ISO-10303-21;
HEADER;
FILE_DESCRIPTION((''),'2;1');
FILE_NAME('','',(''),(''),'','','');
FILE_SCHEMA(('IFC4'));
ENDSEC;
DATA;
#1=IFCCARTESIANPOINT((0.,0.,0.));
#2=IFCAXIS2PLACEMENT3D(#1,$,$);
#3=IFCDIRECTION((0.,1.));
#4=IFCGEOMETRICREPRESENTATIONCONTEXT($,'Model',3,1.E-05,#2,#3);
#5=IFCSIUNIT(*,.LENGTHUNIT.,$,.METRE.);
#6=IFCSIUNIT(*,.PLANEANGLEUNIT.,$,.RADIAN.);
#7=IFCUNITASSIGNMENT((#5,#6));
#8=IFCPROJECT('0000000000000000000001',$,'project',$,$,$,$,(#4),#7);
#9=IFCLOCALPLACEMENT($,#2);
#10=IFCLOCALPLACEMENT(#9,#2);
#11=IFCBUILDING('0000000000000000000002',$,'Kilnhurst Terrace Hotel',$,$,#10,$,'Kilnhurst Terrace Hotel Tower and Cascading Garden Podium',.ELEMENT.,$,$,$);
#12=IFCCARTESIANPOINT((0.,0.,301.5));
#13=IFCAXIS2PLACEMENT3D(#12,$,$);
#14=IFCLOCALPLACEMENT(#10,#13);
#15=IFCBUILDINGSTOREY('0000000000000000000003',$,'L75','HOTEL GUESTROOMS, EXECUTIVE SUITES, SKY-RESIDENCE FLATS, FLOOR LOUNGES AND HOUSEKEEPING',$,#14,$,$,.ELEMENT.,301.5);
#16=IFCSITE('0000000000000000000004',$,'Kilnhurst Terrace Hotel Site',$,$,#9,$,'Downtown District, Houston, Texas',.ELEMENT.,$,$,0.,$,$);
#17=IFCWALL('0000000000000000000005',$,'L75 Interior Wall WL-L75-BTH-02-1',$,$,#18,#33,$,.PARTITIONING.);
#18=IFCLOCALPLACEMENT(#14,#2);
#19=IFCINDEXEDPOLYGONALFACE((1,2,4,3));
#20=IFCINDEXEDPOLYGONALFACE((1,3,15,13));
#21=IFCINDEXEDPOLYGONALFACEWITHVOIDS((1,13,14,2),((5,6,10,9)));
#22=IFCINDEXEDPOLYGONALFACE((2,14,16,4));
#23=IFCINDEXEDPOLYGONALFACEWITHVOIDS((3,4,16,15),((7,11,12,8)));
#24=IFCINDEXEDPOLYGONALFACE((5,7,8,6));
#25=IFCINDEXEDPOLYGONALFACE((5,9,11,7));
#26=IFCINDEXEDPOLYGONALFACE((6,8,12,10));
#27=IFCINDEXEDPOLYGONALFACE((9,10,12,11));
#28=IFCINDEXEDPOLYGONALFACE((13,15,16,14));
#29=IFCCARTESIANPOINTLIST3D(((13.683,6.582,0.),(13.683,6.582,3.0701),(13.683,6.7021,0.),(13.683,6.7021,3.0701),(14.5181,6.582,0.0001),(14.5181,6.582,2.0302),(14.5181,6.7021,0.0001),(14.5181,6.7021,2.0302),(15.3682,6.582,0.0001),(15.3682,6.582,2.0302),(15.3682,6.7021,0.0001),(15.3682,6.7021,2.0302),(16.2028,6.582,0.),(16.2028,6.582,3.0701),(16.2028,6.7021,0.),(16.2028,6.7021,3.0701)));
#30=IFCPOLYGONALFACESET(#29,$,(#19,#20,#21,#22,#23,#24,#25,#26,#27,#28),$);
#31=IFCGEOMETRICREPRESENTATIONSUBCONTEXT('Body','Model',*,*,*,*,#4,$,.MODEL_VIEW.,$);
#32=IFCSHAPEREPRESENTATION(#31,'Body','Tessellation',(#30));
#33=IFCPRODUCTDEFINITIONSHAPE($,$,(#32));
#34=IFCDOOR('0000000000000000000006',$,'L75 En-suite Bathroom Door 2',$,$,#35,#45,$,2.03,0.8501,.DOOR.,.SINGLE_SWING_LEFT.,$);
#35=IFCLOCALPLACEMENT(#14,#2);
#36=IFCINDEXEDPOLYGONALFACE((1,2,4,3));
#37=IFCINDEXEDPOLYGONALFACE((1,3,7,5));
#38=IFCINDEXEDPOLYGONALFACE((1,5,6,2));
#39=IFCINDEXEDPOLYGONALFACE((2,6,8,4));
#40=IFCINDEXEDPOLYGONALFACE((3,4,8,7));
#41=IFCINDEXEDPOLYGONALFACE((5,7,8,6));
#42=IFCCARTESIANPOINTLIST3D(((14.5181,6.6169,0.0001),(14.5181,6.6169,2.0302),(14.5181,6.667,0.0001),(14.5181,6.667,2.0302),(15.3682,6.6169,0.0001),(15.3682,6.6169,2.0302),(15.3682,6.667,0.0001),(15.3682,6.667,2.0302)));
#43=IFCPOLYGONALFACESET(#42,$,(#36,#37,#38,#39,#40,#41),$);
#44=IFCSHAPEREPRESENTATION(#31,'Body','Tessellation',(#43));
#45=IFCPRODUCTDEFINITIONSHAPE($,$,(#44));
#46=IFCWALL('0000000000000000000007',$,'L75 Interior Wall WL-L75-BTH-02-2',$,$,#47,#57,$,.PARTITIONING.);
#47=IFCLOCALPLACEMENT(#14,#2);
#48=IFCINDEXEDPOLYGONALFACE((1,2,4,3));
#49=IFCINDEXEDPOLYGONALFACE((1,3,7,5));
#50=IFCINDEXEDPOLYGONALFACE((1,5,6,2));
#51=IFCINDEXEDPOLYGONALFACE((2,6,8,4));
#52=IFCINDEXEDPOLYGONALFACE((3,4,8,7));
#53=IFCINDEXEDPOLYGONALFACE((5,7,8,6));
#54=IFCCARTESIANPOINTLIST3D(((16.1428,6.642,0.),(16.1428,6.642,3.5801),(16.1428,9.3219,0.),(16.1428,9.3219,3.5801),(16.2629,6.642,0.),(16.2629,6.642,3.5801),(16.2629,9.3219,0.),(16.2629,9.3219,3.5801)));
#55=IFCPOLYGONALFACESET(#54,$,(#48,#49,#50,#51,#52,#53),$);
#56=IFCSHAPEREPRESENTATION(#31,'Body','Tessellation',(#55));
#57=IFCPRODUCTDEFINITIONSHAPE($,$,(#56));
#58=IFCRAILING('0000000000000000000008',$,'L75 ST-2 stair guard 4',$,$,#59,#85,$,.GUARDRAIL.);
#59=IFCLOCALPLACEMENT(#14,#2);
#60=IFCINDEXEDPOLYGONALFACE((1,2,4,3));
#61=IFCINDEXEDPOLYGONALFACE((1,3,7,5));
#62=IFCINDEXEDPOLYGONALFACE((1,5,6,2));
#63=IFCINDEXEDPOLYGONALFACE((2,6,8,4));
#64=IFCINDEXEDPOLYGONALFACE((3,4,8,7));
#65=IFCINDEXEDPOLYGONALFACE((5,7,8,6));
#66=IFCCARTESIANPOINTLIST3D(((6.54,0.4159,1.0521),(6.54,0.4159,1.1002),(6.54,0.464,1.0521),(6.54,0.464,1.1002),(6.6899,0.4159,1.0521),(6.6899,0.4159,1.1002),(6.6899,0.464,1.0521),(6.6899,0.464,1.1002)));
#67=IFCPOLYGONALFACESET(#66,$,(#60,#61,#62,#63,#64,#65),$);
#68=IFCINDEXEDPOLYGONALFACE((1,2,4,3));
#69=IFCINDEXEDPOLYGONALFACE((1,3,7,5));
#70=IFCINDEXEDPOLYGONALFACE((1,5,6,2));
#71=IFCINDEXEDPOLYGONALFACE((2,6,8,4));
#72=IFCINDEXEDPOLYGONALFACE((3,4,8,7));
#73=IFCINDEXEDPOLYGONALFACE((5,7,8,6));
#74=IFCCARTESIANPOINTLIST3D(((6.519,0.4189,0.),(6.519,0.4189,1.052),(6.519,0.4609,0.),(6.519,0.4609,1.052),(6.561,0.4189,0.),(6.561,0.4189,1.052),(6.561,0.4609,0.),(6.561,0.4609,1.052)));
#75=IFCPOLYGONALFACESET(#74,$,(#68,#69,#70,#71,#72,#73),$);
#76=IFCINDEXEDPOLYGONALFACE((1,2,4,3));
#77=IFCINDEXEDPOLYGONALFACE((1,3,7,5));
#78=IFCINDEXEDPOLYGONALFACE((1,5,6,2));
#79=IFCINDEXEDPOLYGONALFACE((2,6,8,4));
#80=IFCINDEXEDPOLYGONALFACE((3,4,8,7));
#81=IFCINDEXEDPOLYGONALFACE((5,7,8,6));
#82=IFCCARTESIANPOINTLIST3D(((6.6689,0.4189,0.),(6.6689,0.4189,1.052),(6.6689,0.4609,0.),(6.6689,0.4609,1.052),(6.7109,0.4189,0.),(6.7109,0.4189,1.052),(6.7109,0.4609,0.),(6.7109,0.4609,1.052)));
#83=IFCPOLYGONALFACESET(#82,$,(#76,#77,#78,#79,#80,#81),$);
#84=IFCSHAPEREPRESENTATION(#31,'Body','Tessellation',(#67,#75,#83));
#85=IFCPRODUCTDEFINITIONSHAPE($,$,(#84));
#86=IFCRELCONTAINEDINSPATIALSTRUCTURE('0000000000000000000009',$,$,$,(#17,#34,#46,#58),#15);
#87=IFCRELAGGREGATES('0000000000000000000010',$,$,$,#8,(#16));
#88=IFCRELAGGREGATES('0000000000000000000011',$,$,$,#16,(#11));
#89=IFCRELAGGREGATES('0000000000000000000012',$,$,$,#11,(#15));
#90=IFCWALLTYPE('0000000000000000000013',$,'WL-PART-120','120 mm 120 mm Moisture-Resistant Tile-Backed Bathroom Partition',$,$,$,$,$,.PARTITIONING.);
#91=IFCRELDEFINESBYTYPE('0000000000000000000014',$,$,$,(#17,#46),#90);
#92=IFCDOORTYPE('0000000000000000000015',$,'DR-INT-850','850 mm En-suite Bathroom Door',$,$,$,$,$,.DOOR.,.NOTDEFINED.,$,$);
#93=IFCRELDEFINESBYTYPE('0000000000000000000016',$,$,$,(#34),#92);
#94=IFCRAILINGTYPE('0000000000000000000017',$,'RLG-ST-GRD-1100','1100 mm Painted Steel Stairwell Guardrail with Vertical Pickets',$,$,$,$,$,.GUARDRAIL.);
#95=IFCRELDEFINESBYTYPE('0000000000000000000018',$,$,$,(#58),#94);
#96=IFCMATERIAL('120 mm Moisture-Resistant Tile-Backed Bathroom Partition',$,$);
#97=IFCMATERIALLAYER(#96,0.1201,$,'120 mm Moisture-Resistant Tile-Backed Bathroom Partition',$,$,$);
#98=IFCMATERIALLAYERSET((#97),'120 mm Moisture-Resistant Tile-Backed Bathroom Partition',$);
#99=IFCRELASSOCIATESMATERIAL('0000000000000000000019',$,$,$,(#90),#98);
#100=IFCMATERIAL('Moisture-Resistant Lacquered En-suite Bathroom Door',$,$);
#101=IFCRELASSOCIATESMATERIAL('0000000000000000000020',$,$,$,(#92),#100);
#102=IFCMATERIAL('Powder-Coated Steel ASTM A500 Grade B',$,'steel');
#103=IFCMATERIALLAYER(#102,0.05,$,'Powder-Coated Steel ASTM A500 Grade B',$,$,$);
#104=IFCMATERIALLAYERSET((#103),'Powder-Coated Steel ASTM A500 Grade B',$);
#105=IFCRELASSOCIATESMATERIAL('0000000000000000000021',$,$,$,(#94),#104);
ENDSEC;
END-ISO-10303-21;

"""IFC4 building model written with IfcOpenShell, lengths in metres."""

from ifc_helpers import new_model, si_unit, direction, frame, frame_2d, origin, origin_2d, place, context, subcontext, project, spatial, rectangle, extrude, material, layer, layer_set, type_object, element, fill, save


model = new_model("IFC4")

# Units and contexts
model_context = context("Model", 3, precision=1e-05, world=origin(), true_north=direction((0.0, 1.0)))
body_context = subcontext(model_context, "Body", "Model", "MODEL_VIEW")
ifc_project = project(units=[si_unit("LENGTHUNIT", "METRE"), si_unit("PLANEANGLEUNIT", "RADIAN")], contexts=[model_context])

# Site, building, storey
site_placement = place(None, origin())
site = spatial("IfcSite", under=ifc_project, at=site_placement, Name="Kilnhurst Terrace Hotel Site", LongName="Downtown District, Houston, Texas", CompositionType="ELEMENT", RefElevation=0.0)
building_placement = place(site_placement, origin())
building = spatial("IfcBuilding", under=site, at=building_placement, Name="Kilnhurst Terrace Hotel", LongName="Kilnhurst Terrace Hotel Tower and Cascading Garden Podium", CompositionType="ELEMENT")
storey_placement = place(building_placement, frame((0.0, 0.0, 301.5)))
storey = spatial("IfcBuildingStorey", under=building, at=storey_placement, Name="L75", Description="HOTEL GUESTROOMS, EXECUTIVE SUITES, SKY-RESIDENCE FLATS, FLOOR LOUNGES AND HOUSEKEEPING", CompositionType="ELEMENT", Elevation=301.5)

# Shared definitions
ifc_material_1 = material(Name="120 mm Moisture-Resistant Tile-Backed Bathroom Partition")
ifc_layer_1 = layer(ifc_material_1, 0.1201, Name="120 mm Moisture-Resistant Tile-Backed Bathroom Partition")
ifc_layer_set_1 = layer_set([ifc_layer_1], Name="120 mm Moisture-Resistant Tile-Backed Bathroom Partition")
wall_type_1 = type_object("IfcWallType", Name="WL-PART-120", Description="120 mm 120 mm Moisture-Resistant Tile-Backed Bathroom Partition", PredefinedType="PARTITIONING", material=ifc_layer_set_1)
ifc_material_2 = material(Name="Moisture-Resistant Lacquered En-suite Bathroom Door")
door_type = type_object("IfcDoorType", Name="DR-INT-850", Description="850 mm En-suite Bathroom Door", OperationType="NOTDEFINED", PredefinedType="DOOR", material=ifc_material_2)

# Wall, opening, door
wall_1_placement = place(storey_placement, frame((13.6831, 6.6421, 0.0), z_axis=(0.0, 0.0, 1.0), x_axis=(1.0, 0.0, 0.0)))
wall_1 = element("IfcWall", 1, at=wall_1_placement, inside=storey, type_object=wall_type_1, Name="L75 Interior Wall WL-L75-BTH-02-1", PredefinedType="PARTITIONING", context=body_context, shape_type="SweptSolid", body=[
    extrude(rectangle(XDim=2.5198, YDim=0.1201, at=frame_2d((1.2598, 0.0))), origin(), (0.0, 0.0, 1.0), 3.0701),
])
opening_1_placement = place(wall_1_placement, frame((0.835, 0.0, 0.0)))
opening_1 = element("IfcOpeningElement", 2, at=opening_1_placement, cuts=wall_1, PredefinedType="OPENING", context=body_context, shape_type="SweptSolid", body=[
    extrude(rectangle(XDim=0.8501, YDim=2.03, at=frame_2d((0.425, 1.0151))), frame((0.0, 0.0701, 0.0), z_axis=(0.0, -1.0, 0.0), x_axis=(1.0, 0.0, 0.0)), (0.0, 0.0, 1.0), 0.1401),
])
door_1_placement = place(opening_1_placement, origin())
door_1 = element("IfcDoor", 3, at=door_1_placement, inside=storey, type_object=door_type, Name="L75 En-suite Bathroom Door 2", OperationType="SINGLE_SWING_LEFT", OverallHeight=2.03, OverallWidth=0.8501, PredefinedType="DOOR", context=body_context, shape_type="SweptSolid", body=[
    extrude(rectangle(XDim=0.8501, YDim=2.03, at=frame_2d((0.425, 1.0151))), frame((0.0, 0.0249, 0.0), z_axis=(0.0, -1.0, 0.0), x_axis=(1.0, 0.0, 0.0)), (0.0, 0.0, 1.0), 0.05),
])
fill(opening_1, door_1)

# Wall
wall_2_placement = place(storey_placement, frame((16.2029, 6.6421, 0.0), z_axis=(0.0, 0.0, 1.0), x_axis=(0.0, 1.0, 0.0)))
element("IfcWall", 4, at=wall_2_placement, inside=storey, type_object=wall_type_1, Name="L75 Interior Wall WL-L75-BTH-02-2", PredefinedType="PARTITIONING", context=body_context, shape_type="SweptSolid", body=[
    extrude(rectangle(XDim=2.6799, YDim=0.1201, at=frame_2d((1.3398, 0.0))), origin(), (0.0, 0.0, 1.0), 3.5801),
])

# Railing
ifc_material_3 = material(Name="Powder-Coated Steel ASTM A500 Grade B", Category="steel")
ifc_layer_2 = layer(ifc_material_3, 0.05, Name="Powder-Coated Steel ASTM A500 Grade B")
ifc_layer_set_2 = layer_set([ifc_layer_2], Name="Powder-Coated Steel ASTM A500 Grade B")
railing_type = type_object("IfcRailingType", Name="RLG-ST-GRD-1100", Description="1100 mm Painted Steel Stairwell Guardrail with Vertical Pickets", PredefinedType="GUARDRAIL", material=ifc_layer_set_2)
railing_placement = place(storey_placement, frame((6.54, 0.4399, 0.0)))
element("IfcRailing", 5, at=railing_placement, inside=storey, type_object=railing_type, Name="L75 ST-2 stair guard 4", PredefinedType="GUARDRAIL", context=body_context, shape_type="SweptSolid", body=[
    extrude(rectangle(XDim=0.0481, YDim=0.0481, at=origin_2d()), frame((0.0, 0.0, 1.0762), z_axis=(1.0, 0.0, 0.0), x_axis=(0.0, 1.0, 0.0)), (0.0, 0.0, 1.0), 0.1499),
    extrude(rectangle(XDim=0.042, YDim=0.042, at=origin_2d()), origin(), (0.0, 0.0, 1.0), 1.052),
    extrude(rectangle(XDim=0.042, YDim=0.042, at=origin_2d()), frame((0.1499, 0.0, 0.0)), (0.0, 0.0, 1.0), 1.052),
])

save(model, "model.ifc")
